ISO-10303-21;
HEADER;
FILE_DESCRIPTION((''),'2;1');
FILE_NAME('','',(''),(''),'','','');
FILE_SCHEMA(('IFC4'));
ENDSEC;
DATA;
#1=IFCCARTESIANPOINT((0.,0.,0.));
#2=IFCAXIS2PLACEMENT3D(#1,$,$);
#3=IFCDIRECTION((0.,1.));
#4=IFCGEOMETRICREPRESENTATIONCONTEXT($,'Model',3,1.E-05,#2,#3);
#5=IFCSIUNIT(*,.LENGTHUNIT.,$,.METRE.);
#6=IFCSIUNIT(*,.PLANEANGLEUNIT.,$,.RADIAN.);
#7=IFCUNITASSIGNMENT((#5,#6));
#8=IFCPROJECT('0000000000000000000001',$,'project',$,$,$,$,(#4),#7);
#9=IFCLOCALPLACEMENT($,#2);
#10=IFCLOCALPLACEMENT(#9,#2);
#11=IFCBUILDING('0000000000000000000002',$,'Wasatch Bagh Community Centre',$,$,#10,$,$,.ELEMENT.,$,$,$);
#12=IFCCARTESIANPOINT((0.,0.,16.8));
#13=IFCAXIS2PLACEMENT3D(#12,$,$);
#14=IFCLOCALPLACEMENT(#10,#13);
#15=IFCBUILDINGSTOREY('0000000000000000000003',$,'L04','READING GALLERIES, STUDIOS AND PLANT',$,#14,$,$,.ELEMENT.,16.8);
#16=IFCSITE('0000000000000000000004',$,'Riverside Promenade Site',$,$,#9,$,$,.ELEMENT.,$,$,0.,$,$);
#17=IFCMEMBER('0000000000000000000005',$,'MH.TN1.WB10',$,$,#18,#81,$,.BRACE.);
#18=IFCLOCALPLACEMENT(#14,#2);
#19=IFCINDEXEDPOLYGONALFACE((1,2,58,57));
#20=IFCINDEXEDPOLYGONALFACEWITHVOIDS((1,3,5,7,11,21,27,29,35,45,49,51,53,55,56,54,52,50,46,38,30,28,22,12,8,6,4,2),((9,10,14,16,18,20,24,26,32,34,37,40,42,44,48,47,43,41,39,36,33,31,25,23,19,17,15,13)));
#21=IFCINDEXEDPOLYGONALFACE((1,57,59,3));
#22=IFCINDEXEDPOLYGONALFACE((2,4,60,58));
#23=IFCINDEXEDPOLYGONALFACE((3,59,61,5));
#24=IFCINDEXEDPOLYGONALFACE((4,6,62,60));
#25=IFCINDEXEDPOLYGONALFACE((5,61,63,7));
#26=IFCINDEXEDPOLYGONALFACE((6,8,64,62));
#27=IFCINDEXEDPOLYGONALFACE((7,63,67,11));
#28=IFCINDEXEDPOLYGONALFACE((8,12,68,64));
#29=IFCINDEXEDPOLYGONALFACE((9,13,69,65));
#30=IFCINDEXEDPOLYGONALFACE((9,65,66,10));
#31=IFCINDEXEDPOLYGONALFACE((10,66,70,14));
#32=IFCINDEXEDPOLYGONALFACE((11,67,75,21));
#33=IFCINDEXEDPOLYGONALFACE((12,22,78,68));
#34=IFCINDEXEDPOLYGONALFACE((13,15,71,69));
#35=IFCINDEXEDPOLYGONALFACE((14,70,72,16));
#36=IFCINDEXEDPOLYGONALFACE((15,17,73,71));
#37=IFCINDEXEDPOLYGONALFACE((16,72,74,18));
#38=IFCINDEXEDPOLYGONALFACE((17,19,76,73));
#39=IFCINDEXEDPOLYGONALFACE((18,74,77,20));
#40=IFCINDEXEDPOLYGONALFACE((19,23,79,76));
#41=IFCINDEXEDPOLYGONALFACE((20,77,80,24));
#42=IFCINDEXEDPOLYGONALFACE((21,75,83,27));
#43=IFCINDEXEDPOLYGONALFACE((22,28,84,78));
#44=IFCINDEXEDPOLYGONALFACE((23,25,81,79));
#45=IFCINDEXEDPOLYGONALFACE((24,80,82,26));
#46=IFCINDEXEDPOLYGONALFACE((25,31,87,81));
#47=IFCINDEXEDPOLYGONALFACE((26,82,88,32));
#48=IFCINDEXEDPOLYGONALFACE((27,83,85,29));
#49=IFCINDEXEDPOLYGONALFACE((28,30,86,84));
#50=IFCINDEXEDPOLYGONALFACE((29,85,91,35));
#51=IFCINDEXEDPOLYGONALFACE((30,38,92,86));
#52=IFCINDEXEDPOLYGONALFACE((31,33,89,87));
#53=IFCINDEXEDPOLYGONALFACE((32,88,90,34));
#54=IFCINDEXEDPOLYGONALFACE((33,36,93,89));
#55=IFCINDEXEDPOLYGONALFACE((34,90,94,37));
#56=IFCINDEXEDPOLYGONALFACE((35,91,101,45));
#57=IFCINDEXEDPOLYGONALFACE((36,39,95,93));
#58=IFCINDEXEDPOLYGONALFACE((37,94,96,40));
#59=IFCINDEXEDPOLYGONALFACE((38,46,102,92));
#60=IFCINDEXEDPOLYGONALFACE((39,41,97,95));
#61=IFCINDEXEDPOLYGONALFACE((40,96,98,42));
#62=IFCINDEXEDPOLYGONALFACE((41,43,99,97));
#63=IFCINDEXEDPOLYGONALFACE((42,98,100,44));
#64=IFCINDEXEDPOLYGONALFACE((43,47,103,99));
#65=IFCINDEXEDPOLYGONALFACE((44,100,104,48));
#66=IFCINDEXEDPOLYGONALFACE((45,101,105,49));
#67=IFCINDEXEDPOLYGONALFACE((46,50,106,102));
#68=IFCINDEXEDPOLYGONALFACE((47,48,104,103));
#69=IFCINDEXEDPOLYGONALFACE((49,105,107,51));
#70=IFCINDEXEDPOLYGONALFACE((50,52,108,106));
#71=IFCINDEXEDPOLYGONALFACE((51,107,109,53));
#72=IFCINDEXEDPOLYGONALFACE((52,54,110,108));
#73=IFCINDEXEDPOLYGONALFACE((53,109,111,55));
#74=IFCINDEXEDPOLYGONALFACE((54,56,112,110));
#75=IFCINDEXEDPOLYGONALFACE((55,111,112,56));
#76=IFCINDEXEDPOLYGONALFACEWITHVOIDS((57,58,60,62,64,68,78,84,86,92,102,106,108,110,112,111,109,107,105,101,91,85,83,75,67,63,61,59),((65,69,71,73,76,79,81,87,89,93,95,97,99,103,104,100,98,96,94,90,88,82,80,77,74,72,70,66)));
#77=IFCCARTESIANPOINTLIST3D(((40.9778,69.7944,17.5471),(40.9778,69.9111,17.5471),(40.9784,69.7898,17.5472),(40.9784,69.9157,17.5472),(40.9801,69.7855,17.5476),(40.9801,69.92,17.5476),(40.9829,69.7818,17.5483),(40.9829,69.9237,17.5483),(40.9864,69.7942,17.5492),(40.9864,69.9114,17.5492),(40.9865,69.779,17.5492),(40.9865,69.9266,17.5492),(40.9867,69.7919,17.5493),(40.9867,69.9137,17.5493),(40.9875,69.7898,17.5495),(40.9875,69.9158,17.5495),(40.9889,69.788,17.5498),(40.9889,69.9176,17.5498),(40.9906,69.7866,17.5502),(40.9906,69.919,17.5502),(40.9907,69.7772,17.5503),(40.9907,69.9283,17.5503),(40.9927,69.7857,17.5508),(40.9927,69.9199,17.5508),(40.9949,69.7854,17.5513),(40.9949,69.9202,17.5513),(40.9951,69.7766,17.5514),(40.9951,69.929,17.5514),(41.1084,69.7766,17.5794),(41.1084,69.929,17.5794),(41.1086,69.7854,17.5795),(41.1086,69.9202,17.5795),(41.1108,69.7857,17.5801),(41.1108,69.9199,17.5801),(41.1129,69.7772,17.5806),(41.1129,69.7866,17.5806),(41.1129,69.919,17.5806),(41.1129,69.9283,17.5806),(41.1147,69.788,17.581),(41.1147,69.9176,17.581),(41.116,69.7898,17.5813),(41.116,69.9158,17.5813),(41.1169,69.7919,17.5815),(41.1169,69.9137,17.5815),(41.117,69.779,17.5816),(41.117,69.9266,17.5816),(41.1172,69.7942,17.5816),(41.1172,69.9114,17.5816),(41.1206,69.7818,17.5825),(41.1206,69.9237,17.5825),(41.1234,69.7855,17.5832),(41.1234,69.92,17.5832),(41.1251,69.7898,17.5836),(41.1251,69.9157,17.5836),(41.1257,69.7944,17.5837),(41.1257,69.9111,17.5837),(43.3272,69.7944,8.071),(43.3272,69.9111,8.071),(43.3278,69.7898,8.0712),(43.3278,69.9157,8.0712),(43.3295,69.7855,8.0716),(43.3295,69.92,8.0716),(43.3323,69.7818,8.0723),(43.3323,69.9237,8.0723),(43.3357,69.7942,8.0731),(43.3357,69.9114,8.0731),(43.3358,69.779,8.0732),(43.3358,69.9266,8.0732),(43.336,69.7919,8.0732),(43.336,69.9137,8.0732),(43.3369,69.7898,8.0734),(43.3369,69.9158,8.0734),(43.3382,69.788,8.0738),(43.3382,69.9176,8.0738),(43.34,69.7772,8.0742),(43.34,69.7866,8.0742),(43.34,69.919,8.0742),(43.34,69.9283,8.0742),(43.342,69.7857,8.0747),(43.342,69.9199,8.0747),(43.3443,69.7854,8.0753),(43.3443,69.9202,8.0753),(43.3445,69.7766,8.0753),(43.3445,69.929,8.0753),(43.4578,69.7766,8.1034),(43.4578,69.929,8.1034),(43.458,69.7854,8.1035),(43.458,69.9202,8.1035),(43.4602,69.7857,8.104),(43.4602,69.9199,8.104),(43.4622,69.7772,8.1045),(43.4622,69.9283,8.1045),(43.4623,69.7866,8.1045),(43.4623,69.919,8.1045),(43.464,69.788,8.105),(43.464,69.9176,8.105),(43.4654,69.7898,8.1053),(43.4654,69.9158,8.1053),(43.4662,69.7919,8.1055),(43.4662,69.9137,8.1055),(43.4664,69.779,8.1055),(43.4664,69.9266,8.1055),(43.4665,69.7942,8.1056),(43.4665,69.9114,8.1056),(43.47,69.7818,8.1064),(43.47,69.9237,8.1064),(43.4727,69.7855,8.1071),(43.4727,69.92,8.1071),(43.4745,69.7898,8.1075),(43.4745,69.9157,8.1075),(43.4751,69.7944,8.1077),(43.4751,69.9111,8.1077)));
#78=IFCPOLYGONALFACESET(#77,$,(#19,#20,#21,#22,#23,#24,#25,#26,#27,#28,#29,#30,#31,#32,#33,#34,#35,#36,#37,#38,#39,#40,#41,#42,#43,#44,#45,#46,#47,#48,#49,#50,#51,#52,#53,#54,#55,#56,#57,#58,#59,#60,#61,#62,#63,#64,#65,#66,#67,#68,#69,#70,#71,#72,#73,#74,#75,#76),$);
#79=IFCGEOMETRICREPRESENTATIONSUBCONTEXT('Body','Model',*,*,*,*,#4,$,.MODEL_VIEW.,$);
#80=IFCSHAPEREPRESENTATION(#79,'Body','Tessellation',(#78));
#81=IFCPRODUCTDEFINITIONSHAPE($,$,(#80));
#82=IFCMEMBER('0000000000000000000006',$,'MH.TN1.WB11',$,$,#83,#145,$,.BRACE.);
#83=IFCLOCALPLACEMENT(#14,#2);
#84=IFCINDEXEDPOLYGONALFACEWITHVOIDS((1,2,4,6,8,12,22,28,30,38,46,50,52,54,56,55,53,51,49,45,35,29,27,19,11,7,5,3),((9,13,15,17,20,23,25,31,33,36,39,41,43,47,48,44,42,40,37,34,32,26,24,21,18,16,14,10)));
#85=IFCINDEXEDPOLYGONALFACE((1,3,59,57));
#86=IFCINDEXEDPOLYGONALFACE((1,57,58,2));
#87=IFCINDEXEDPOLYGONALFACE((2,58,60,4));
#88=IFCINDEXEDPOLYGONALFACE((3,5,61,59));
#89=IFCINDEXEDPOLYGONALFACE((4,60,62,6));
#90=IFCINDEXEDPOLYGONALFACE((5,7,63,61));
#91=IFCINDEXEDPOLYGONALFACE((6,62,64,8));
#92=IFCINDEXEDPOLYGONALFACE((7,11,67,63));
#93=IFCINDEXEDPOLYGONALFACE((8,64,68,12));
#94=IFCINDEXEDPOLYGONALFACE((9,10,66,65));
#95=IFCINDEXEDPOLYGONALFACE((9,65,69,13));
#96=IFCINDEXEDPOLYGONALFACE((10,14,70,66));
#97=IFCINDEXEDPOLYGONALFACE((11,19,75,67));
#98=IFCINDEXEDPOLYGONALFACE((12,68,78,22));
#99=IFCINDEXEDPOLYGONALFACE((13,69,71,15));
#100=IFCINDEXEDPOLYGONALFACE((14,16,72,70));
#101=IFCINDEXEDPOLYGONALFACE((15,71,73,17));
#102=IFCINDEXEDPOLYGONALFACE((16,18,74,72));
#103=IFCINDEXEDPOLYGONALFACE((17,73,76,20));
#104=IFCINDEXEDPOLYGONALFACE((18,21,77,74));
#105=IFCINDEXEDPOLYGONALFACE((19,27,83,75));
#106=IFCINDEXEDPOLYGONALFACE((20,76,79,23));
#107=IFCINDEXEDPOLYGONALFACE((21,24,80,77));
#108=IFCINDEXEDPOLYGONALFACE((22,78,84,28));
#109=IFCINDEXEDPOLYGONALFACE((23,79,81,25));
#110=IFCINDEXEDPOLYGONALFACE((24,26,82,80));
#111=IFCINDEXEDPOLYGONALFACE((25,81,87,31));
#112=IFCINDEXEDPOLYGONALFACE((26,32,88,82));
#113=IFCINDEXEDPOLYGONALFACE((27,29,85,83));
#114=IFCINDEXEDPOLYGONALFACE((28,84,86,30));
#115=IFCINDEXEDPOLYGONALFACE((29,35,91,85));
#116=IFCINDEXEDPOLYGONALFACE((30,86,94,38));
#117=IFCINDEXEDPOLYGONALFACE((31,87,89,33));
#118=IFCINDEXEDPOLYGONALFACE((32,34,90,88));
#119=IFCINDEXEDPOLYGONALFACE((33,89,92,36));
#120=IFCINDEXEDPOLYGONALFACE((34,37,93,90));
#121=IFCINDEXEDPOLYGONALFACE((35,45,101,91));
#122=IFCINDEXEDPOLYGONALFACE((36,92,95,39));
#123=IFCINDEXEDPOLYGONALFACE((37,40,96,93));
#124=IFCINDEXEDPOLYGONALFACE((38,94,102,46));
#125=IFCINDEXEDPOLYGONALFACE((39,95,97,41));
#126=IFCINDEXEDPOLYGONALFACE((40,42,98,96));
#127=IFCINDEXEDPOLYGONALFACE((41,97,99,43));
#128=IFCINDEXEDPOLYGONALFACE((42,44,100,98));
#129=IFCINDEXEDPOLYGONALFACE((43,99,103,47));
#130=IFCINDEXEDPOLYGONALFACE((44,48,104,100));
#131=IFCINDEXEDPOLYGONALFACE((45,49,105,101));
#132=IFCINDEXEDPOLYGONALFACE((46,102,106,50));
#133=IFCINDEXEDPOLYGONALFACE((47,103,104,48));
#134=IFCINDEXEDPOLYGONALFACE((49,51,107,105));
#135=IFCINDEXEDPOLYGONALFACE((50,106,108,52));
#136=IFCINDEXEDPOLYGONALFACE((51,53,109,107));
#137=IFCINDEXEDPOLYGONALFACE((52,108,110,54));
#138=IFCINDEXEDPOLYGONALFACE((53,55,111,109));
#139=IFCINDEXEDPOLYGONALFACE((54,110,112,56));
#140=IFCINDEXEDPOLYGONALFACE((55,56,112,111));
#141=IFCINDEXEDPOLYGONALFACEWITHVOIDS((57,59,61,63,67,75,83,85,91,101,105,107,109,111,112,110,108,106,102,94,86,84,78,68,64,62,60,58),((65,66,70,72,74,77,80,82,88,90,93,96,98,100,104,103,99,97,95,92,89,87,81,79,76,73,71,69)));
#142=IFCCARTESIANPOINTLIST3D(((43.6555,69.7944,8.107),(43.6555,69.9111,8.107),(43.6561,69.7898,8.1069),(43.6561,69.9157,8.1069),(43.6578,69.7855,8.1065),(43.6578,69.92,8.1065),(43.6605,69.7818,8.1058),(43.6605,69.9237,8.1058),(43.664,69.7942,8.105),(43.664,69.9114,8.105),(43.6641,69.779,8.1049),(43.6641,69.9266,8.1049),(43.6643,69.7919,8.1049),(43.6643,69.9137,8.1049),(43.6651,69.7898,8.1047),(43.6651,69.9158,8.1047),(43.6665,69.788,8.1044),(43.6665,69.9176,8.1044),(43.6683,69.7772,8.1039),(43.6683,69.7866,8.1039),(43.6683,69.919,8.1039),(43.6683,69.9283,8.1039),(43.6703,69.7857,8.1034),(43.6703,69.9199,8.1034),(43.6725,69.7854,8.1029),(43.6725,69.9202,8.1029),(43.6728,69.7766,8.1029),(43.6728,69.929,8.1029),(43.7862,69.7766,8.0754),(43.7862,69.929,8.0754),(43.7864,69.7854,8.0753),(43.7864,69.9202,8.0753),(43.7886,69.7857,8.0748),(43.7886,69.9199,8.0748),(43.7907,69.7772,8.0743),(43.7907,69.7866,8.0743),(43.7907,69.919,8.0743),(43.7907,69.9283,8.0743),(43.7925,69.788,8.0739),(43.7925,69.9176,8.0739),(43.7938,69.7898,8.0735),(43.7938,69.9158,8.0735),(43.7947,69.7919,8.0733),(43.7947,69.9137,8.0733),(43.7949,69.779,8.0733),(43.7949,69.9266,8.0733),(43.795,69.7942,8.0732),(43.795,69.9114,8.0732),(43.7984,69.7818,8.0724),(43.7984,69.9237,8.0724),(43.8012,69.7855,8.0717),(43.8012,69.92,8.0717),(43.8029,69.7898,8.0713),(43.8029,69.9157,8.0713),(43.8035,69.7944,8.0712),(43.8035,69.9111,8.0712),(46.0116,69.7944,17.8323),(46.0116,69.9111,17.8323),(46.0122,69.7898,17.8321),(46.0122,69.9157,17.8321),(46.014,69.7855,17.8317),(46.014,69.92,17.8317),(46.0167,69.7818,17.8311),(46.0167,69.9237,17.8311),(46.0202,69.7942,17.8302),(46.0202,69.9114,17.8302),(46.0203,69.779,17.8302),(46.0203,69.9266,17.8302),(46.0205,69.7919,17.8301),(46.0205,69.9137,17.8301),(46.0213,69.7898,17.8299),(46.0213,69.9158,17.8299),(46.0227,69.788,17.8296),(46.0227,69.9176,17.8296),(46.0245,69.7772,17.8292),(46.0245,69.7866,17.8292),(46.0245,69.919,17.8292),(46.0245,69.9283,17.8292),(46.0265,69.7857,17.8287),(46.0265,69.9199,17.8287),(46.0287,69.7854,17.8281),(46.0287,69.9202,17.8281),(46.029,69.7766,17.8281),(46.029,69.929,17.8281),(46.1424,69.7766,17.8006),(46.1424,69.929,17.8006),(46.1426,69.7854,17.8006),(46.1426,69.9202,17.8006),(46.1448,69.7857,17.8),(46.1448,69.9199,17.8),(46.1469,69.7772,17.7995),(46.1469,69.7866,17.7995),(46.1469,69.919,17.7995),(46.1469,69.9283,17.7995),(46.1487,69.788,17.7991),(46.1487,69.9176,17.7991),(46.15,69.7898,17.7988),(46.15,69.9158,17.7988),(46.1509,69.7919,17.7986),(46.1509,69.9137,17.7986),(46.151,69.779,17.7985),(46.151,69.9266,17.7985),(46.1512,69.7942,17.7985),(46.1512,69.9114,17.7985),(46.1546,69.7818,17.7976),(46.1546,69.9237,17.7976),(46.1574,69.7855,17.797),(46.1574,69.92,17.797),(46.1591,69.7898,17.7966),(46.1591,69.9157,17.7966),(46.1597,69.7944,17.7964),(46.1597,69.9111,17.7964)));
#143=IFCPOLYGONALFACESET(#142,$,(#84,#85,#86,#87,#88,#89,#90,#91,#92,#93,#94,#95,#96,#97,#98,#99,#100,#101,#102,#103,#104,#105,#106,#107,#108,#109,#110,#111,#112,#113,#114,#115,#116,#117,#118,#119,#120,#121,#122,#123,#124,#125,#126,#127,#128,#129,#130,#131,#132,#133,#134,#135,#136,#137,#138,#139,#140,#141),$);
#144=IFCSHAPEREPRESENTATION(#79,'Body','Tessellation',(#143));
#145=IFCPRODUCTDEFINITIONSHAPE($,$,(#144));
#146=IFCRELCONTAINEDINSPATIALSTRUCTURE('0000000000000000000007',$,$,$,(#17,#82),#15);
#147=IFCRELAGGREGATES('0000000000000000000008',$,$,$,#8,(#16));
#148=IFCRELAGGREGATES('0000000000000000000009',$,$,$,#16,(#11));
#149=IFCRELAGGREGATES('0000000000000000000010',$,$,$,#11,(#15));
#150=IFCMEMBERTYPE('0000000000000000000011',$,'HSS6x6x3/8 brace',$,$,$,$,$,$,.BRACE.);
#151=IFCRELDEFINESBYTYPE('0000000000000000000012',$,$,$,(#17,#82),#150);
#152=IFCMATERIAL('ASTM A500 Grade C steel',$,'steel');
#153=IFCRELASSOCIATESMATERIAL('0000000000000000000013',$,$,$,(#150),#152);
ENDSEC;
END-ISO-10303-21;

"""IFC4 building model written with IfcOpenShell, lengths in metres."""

from ifc_helpers import new_model, si_unit, direction, frame, origin, origin_2d, place, context, subcontext, project, spatial, hollow_rectangle, extrude, material, material_profile, profile_set, type_object, element, save


model = new_model("IFC4")

# Units and contexts
model_context = context("Model", 3, precision=1e-05, world=origin(), true_north=direction((0.0, 1.0)))
body_context = subcontext(model_context, "Body", "Model", "MODEL_VIEW")
ifc_project = project(units=[si_unit("LENGTHUNIT", "METRE"), si_unit("PLANEANGLEUNIT", "RADIAN")], contexts=[model_context])

# Site, building, storey
site_placement = place(None, origin())
site = spatial("IfcSite", under=ifc_project, at=site_placement, Name="Riverside Promenade Site", CompositionType="ELEMENT", RefElevation=0.0)
building_placement = place(site_placement, origin())
building = spatial("IfcBuilding", under=site, at=building_placement, Name="Wasatch Bagh Community Centre", CompositionType="ELEMENT")
storey_placement = place(building_placement, frame((0.0, 0.0, 16.8)))
storey = spatial("IfcBuildingStorey", under=building, at=storey_placement, Name="L04", Description="READING GALLERIES, STUDIOS AND PLANT", CompositionType="ELEMENT", Elevation=16.8)

# Members
ifc_material_1 = material(Name="ASTM A500 Grade C steel", Category="steel")
ifc_material_profile_1 = material_profile(ifc_material_1, hollow_rectangle(XDim=0.1523, YDim=0.1523, WallThickness=0.0088, InnerFilletRadius=0.0088, OuterFilletRadius=0.0178, at=origin_2d()), Name="HSS6x6x3/8")
ifc_profile_set_1 = profile_set([ifc_material_profile_1], Name="ASTM A500 Grade C steel")
member_type_1 = type_object("IfcMemberType", Name="HSS6x6x3/8 brace", PredefinedType="BRACE", material=ifc_profile_set_1)
member_1_placement = place(storey_placement, frame((43.4011, 69.8528, 8.0894), z_axis=(-0.240641, 0.0, 0.970614), x_axis=(0.0, -1.0, 0.0)))
element("IfcMember", 1, at=member_1_placement, inside=storey, type_object=member_type_1, Name="MH.TN1.WB10", PredefinedType="BRACE", context=body_context, shape_type="SweptSolid", body=[
    extrude(hollow_rectangle(XDim=0.1523, YDim=0.1523, WallThickness=0.0088, InnerFilletRadius=0.0088, OuterFilletRadius=0.0178, at=origin_2d()), origin(), (0.0, 0.0, 1.0), 9.7629),
])
member_2_placement = place(storey_placement, frame((43.7295, 69.8528, 8.0891), z_axis=(0.235462, 0.0, 0.971883), x_axis=(0.0, 1.0, 0.0)))
element("IfcMember", 2, at=member_2_placement, inside=storey, type_object=member_type_1, Name="MH.TN1.WB11", PredefinedType="BRACE", context=body_context, shape_type="SweptSolid", body=[
    extrude(hollow_rectangle(XDim=0.1523, YDim=0.1523, WallThickness=0.0088, InnerFilletRadius=0.0088, OuterFilletRadius=0.0178, at=origin_2d()), origin(), (0.0, 0.0, 1.0), 10.0066),
])

save(model, "model.ifc")
